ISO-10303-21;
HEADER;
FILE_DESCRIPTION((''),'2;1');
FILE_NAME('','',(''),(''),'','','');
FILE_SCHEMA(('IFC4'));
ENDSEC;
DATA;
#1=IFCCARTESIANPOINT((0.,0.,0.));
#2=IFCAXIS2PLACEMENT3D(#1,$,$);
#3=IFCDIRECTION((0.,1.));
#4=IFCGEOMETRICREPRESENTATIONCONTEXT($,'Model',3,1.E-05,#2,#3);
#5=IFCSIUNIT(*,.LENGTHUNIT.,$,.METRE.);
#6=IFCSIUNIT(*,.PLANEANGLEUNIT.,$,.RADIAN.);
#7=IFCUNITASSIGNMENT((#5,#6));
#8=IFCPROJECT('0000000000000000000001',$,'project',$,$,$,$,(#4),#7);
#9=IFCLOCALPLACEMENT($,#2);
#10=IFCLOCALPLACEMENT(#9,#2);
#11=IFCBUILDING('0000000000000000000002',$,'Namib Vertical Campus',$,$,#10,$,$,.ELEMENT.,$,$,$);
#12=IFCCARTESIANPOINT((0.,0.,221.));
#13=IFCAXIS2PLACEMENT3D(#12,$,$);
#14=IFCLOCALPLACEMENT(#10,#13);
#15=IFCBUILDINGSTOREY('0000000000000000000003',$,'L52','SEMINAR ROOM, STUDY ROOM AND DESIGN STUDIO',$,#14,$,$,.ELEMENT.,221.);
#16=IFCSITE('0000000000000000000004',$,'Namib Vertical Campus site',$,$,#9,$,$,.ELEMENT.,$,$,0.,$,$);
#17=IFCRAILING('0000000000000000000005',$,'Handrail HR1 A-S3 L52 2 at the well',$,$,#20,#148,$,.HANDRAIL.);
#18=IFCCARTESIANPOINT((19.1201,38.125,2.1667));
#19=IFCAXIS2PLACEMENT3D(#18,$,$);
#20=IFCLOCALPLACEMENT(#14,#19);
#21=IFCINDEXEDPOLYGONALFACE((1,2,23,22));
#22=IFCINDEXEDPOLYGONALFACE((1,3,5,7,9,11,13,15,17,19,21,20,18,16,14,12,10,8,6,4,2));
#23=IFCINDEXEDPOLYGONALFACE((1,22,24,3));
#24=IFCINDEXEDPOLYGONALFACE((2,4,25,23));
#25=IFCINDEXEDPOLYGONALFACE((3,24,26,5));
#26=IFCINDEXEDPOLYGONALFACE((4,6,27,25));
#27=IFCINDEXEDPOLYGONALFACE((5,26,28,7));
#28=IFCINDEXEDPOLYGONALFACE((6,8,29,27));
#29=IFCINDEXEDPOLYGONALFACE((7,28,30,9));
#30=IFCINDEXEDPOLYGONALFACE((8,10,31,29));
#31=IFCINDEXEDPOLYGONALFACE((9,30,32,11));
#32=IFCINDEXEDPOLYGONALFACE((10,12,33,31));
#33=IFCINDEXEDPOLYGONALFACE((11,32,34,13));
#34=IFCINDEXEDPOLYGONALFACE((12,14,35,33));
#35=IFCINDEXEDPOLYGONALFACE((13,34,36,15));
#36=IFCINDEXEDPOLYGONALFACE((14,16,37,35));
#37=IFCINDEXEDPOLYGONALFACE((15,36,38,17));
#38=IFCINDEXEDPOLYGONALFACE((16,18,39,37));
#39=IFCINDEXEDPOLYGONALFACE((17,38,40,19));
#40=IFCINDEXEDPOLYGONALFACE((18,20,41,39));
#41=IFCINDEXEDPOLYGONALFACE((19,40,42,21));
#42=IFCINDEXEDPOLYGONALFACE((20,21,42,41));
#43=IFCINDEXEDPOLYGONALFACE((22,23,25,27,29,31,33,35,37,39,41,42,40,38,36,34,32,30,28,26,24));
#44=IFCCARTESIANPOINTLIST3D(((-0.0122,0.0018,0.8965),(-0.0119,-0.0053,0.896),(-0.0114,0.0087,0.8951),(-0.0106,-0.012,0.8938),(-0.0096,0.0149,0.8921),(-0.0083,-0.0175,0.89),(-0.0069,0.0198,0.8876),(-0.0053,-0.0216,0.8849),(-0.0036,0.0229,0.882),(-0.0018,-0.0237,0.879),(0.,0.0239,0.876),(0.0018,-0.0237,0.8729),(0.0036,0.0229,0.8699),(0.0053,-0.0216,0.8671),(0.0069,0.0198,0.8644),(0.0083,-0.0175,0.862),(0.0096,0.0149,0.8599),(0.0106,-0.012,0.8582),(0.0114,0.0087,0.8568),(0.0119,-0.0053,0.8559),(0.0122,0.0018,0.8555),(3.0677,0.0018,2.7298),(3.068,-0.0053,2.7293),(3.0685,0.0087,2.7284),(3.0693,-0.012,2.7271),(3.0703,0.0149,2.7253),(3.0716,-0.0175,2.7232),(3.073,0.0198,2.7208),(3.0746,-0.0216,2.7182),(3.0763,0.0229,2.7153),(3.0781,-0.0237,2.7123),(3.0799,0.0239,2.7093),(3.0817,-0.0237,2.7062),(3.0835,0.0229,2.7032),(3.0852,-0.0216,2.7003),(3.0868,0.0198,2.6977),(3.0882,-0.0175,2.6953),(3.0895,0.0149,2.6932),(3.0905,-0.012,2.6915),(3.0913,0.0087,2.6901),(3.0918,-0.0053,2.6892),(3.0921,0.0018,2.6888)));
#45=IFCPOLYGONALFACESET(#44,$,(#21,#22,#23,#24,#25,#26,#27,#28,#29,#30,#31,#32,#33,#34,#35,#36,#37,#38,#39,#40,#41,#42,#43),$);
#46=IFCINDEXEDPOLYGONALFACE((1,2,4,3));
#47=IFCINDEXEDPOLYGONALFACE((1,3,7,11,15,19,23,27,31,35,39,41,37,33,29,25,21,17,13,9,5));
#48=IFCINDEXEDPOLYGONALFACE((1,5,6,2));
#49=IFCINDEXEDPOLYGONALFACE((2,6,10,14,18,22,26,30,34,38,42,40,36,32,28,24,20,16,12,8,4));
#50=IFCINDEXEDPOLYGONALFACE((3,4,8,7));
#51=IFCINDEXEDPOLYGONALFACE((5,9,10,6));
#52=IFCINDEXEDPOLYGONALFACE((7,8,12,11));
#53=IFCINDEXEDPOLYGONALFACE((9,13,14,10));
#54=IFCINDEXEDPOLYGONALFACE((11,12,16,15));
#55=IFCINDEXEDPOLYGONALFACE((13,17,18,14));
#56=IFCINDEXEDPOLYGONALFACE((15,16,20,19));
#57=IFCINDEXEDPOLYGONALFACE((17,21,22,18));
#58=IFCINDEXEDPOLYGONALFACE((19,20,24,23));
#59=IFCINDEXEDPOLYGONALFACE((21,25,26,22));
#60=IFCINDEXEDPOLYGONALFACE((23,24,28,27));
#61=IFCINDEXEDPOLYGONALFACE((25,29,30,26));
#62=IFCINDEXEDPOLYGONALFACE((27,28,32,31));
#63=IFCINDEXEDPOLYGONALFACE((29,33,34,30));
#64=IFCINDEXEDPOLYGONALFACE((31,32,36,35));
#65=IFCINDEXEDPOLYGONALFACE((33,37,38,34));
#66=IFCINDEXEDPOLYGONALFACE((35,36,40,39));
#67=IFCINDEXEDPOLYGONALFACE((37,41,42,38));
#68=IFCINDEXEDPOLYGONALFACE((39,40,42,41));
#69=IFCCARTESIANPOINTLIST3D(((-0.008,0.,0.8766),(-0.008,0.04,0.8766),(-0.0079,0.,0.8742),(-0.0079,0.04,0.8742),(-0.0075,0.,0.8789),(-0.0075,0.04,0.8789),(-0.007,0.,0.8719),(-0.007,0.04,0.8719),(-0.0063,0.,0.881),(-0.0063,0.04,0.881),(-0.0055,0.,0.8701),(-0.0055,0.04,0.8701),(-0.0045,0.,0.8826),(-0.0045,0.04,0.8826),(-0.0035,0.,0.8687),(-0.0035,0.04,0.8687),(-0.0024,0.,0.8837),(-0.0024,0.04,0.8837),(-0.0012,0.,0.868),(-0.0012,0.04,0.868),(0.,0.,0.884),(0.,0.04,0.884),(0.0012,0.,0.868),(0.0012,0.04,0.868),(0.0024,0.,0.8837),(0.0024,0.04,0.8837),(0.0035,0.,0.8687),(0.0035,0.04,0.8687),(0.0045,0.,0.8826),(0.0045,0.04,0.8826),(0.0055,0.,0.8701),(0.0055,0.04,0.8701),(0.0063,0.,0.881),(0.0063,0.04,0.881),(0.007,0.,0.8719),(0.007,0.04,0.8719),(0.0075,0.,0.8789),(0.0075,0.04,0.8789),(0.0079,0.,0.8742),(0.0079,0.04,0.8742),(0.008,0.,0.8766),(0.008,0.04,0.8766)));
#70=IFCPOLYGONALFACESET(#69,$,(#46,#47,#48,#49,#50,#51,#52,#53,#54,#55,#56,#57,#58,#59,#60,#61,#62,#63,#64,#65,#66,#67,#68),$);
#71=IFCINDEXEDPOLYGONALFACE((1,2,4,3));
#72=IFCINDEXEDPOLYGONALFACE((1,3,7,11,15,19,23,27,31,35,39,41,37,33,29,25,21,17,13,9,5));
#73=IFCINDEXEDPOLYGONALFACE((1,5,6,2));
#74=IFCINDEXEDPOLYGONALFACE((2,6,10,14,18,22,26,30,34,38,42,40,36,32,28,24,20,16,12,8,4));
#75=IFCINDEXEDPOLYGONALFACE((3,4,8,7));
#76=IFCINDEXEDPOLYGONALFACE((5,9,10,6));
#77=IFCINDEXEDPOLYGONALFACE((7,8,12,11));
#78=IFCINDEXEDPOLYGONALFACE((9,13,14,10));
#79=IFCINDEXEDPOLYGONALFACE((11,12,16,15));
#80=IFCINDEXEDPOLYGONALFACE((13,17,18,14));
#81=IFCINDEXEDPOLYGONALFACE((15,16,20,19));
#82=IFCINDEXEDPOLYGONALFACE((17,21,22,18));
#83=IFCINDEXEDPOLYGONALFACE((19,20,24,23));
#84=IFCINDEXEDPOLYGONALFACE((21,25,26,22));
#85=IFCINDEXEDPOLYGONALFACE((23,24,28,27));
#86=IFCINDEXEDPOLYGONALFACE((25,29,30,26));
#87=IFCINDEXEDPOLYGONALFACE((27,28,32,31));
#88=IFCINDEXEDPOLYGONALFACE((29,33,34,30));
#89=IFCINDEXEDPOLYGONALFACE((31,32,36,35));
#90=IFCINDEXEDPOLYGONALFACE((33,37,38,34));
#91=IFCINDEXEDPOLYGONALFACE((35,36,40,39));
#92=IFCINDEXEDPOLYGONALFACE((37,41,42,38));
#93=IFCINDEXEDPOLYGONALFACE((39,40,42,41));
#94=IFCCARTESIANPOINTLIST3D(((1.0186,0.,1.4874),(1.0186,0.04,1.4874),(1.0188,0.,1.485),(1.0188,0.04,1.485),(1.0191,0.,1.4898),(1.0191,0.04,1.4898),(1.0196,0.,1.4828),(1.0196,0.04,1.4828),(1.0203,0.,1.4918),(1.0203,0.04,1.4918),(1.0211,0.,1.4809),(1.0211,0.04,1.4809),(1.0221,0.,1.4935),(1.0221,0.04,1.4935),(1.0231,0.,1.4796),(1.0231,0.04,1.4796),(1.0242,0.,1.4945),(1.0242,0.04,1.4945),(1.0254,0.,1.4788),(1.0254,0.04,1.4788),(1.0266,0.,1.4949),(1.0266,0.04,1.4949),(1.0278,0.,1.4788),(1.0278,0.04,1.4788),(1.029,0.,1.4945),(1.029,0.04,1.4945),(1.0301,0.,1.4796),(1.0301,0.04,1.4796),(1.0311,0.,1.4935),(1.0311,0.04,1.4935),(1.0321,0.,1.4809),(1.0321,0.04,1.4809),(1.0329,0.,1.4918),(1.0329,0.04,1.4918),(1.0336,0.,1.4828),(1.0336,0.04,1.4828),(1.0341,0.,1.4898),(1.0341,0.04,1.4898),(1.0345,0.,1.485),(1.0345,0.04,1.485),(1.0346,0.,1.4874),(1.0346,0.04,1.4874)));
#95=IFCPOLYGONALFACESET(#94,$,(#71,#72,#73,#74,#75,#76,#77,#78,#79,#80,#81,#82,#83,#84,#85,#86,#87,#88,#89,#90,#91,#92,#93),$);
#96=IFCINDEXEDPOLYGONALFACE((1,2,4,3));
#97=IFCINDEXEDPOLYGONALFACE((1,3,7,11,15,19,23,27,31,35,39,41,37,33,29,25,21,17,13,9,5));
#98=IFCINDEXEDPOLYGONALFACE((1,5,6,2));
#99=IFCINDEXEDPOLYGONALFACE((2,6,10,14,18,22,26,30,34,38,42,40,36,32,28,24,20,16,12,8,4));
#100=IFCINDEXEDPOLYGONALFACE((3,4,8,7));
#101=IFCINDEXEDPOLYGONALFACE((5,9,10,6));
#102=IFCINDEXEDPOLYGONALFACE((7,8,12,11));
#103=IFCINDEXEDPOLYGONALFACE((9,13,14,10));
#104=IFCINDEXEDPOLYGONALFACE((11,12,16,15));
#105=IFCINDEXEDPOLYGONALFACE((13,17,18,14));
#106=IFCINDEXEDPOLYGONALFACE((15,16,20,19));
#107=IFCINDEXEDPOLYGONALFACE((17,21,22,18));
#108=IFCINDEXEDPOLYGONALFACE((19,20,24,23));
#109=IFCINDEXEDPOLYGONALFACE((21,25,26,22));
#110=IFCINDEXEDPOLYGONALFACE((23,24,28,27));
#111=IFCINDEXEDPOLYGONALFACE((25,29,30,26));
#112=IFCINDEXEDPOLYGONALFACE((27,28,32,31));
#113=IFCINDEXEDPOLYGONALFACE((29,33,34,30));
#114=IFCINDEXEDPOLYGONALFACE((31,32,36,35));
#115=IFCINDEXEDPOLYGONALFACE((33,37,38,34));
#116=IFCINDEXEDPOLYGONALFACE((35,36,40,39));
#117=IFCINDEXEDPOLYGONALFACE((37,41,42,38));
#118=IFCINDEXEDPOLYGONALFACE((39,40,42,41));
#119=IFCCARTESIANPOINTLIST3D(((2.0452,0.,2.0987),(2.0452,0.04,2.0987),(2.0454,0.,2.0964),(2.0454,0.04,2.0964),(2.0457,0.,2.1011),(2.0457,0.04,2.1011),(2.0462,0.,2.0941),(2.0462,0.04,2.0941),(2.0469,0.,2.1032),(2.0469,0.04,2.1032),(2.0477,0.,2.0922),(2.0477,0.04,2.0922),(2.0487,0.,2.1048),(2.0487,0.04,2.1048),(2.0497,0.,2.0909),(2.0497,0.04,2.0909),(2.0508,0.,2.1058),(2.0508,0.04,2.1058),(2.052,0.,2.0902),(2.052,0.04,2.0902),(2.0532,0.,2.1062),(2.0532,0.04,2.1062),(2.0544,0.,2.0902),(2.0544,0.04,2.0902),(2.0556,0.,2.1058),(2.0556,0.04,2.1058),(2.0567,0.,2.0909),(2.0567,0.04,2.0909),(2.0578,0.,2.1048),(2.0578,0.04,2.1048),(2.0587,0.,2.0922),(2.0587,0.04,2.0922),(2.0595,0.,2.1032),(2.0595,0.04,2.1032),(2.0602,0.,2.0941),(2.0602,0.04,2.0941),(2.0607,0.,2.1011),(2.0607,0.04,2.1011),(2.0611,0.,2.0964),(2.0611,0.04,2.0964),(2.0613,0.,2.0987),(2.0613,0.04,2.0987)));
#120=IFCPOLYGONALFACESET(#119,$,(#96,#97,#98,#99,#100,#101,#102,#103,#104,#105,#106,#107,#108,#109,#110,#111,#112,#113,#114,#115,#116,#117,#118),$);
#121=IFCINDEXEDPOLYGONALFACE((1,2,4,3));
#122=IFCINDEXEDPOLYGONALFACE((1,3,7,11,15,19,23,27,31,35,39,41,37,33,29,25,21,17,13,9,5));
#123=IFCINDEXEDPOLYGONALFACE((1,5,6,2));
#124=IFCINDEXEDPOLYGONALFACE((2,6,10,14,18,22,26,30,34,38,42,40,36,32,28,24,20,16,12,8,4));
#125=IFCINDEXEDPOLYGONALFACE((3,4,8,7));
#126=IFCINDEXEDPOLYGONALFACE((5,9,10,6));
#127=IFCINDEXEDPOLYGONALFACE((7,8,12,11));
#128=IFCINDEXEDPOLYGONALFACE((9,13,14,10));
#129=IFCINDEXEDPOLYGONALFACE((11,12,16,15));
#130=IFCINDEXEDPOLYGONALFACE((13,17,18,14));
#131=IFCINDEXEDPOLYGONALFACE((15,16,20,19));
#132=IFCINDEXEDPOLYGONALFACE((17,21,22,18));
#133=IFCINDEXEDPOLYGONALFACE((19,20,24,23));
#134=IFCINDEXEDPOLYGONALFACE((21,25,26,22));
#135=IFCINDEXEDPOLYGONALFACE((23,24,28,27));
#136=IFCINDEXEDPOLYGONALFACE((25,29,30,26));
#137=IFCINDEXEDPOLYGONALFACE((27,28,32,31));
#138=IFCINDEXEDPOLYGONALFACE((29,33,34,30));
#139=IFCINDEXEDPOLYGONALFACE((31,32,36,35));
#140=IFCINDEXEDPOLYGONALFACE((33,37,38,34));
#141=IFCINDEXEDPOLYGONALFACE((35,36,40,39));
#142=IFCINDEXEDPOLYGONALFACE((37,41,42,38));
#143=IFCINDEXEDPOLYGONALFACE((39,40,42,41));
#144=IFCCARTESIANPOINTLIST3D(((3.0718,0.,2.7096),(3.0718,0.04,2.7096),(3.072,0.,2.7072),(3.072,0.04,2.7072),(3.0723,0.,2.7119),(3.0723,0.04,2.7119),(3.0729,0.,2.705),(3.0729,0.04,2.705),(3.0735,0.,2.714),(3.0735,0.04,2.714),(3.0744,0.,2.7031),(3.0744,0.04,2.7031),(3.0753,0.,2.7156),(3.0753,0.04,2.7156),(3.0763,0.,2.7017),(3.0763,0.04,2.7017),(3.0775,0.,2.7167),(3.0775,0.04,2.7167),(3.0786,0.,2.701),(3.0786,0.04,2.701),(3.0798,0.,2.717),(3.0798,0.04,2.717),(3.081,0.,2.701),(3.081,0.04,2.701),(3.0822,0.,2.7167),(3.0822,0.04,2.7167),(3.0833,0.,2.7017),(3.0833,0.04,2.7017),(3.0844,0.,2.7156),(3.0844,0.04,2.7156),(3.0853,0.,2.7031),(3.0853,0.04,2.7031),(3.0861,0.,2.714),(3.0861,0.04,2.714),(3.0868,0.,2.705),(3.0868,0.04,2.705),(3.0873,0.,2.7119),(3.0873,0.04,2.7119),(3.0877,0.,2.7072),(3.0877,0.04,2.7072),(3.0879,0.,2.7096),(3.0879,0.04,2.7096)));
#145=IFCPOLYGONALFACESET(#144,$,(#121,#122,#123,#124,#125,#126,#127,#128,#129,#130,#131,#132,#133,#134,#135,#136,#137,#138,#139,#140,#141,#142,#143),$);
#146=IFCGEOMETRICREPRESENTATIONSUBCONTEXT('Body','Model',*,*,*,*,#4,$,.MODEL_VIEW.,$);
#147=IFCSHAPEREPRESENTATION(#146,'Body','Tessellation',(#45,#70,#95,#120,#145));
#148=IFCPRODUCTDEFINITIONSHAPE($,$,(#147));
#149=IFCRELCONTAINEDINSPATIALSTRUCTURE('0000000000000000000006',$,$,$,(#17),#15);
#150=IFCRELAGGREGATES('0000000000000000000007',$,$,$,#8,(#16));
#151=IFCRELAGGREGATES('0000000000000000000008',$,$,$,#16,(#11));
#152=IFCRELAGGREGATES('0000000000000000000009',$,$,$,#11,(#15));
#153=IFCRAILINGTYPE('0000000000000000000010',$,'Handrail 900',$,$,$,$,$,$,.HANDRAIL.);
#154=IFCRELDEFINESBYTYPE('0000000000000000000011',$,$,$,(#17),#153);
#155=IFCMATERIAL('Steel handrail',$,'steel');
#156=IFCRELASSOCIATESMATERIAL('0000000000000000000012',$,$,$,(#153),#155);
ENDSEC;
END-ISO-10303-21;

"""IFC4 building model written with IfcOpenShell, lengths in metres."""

from ifc_helpers import new_model, si_unit, direction, frame, origin, origin_2d, place, context, subcontext, project, spatial, circle, extrude, material, type_object, element, save


model = new_model("IFC4")

# Units and contexts
model_context = context("Model", 3, precision=1e-05, world=origin(), true_north=direction((0.0, 1.0)))
body_context = subcontext(model_context, "Body", "Model", "MODEL_VIEW")
ifc_project = project(units=[si_unit("LENGTHUNIT", "METRE"), si_unit("PLANEANGLEUNIT", "RADIAN")], contexts=[model_context])

# Site, building, storey
site_placement = place(None, origin())
site = spatial("IfcSite", under=ifc_project, at=site_placement, Name="Namib Vertical Campus site", CompositionType="ELEMENT", RefElevation=0.0)
building_placement = place(site_placement, origin())
building = spatial("IfcBuilding", under=site, at=building_placement, Name="Namib Vertical Campus", CompositionType="ELEMENT")
storey_placement = place(building_placement, frame((0.0, 0.0, 221.0)))
storey = spatial("IfcBuildingStorey", under=building, at=storey_placement, Name="L52", Description="SEMINAR ROOM, STUDY ROOM AND DESIGN STUDIO", CompositionType="ELEMENT", Elevation=221.0)

# Railing
ifc_material_1 = material(Name="Steel handrail", Category="steel")
railing_type_1 = type_object("IfcRailingType", Name="Handrail 900", PredefinedType="HANDRAIL", material=ifc_material_1)
railing_1_placement = place(storey_placement, frame((19.1201, 38.125, 2.1667)))
element("IfcRailing", 1, at=railing_1_placement, inside=storey, type_object=railing_type_1, Name="Handrail HR1 A-S3 L52 2 at the well", PredefinedType="HANDRAIL", context=body_context, shape_type="SweptSolid", body=[
    extrude(circle(Radius=0.0239, at=origin_2d()), frame((0.0, 0.0, 0.876), z_axis=(0.859291, 0.0, 0.511487), x_axis=(0.0, 1.0, 0.0)), (0.0, 0.0, 1.0), 3.5842),
    extrude(circle(Radius=0.0081, at=origin_2d()), frame((0.0, 0.0, 0.876), z_axis=(0.0, 1.0, 0.0), x_axis=(0.0, 0.0, 1.0)), (0.0, 0.0, 1.0), 0.04),
    extrude(circle(Radius=0.0081, at=origin_2d()), frame((1.0266, 0.0, 1.4868), z_axis=(0.0, 1.0, 0.0), x_axis=(0.0, 0.0, 1.0)), (0.0, 0.0, 1.0), 0.04),
    extrude(circle(Radius=0.0081, at=origin_2d()), frame((2.0532, 0.0, 2.0981), z_axis=(0.0, 1.0, 0.0), x_axis=(0.0, 0.0, 1.0)), (0.0, 0.0, 1.0), 0.04),
    extrude(circle(Radius=0.0081, at=origin_2d()), frame((3.0798, 0.0, 2.709), z_axis=(0.0, 1.0, 0.0), x_axis=(0.0, 0.0, 1.0)), (0.0, 0.0, 1.0), 0.04),
])

save(model, "model.ifc")
